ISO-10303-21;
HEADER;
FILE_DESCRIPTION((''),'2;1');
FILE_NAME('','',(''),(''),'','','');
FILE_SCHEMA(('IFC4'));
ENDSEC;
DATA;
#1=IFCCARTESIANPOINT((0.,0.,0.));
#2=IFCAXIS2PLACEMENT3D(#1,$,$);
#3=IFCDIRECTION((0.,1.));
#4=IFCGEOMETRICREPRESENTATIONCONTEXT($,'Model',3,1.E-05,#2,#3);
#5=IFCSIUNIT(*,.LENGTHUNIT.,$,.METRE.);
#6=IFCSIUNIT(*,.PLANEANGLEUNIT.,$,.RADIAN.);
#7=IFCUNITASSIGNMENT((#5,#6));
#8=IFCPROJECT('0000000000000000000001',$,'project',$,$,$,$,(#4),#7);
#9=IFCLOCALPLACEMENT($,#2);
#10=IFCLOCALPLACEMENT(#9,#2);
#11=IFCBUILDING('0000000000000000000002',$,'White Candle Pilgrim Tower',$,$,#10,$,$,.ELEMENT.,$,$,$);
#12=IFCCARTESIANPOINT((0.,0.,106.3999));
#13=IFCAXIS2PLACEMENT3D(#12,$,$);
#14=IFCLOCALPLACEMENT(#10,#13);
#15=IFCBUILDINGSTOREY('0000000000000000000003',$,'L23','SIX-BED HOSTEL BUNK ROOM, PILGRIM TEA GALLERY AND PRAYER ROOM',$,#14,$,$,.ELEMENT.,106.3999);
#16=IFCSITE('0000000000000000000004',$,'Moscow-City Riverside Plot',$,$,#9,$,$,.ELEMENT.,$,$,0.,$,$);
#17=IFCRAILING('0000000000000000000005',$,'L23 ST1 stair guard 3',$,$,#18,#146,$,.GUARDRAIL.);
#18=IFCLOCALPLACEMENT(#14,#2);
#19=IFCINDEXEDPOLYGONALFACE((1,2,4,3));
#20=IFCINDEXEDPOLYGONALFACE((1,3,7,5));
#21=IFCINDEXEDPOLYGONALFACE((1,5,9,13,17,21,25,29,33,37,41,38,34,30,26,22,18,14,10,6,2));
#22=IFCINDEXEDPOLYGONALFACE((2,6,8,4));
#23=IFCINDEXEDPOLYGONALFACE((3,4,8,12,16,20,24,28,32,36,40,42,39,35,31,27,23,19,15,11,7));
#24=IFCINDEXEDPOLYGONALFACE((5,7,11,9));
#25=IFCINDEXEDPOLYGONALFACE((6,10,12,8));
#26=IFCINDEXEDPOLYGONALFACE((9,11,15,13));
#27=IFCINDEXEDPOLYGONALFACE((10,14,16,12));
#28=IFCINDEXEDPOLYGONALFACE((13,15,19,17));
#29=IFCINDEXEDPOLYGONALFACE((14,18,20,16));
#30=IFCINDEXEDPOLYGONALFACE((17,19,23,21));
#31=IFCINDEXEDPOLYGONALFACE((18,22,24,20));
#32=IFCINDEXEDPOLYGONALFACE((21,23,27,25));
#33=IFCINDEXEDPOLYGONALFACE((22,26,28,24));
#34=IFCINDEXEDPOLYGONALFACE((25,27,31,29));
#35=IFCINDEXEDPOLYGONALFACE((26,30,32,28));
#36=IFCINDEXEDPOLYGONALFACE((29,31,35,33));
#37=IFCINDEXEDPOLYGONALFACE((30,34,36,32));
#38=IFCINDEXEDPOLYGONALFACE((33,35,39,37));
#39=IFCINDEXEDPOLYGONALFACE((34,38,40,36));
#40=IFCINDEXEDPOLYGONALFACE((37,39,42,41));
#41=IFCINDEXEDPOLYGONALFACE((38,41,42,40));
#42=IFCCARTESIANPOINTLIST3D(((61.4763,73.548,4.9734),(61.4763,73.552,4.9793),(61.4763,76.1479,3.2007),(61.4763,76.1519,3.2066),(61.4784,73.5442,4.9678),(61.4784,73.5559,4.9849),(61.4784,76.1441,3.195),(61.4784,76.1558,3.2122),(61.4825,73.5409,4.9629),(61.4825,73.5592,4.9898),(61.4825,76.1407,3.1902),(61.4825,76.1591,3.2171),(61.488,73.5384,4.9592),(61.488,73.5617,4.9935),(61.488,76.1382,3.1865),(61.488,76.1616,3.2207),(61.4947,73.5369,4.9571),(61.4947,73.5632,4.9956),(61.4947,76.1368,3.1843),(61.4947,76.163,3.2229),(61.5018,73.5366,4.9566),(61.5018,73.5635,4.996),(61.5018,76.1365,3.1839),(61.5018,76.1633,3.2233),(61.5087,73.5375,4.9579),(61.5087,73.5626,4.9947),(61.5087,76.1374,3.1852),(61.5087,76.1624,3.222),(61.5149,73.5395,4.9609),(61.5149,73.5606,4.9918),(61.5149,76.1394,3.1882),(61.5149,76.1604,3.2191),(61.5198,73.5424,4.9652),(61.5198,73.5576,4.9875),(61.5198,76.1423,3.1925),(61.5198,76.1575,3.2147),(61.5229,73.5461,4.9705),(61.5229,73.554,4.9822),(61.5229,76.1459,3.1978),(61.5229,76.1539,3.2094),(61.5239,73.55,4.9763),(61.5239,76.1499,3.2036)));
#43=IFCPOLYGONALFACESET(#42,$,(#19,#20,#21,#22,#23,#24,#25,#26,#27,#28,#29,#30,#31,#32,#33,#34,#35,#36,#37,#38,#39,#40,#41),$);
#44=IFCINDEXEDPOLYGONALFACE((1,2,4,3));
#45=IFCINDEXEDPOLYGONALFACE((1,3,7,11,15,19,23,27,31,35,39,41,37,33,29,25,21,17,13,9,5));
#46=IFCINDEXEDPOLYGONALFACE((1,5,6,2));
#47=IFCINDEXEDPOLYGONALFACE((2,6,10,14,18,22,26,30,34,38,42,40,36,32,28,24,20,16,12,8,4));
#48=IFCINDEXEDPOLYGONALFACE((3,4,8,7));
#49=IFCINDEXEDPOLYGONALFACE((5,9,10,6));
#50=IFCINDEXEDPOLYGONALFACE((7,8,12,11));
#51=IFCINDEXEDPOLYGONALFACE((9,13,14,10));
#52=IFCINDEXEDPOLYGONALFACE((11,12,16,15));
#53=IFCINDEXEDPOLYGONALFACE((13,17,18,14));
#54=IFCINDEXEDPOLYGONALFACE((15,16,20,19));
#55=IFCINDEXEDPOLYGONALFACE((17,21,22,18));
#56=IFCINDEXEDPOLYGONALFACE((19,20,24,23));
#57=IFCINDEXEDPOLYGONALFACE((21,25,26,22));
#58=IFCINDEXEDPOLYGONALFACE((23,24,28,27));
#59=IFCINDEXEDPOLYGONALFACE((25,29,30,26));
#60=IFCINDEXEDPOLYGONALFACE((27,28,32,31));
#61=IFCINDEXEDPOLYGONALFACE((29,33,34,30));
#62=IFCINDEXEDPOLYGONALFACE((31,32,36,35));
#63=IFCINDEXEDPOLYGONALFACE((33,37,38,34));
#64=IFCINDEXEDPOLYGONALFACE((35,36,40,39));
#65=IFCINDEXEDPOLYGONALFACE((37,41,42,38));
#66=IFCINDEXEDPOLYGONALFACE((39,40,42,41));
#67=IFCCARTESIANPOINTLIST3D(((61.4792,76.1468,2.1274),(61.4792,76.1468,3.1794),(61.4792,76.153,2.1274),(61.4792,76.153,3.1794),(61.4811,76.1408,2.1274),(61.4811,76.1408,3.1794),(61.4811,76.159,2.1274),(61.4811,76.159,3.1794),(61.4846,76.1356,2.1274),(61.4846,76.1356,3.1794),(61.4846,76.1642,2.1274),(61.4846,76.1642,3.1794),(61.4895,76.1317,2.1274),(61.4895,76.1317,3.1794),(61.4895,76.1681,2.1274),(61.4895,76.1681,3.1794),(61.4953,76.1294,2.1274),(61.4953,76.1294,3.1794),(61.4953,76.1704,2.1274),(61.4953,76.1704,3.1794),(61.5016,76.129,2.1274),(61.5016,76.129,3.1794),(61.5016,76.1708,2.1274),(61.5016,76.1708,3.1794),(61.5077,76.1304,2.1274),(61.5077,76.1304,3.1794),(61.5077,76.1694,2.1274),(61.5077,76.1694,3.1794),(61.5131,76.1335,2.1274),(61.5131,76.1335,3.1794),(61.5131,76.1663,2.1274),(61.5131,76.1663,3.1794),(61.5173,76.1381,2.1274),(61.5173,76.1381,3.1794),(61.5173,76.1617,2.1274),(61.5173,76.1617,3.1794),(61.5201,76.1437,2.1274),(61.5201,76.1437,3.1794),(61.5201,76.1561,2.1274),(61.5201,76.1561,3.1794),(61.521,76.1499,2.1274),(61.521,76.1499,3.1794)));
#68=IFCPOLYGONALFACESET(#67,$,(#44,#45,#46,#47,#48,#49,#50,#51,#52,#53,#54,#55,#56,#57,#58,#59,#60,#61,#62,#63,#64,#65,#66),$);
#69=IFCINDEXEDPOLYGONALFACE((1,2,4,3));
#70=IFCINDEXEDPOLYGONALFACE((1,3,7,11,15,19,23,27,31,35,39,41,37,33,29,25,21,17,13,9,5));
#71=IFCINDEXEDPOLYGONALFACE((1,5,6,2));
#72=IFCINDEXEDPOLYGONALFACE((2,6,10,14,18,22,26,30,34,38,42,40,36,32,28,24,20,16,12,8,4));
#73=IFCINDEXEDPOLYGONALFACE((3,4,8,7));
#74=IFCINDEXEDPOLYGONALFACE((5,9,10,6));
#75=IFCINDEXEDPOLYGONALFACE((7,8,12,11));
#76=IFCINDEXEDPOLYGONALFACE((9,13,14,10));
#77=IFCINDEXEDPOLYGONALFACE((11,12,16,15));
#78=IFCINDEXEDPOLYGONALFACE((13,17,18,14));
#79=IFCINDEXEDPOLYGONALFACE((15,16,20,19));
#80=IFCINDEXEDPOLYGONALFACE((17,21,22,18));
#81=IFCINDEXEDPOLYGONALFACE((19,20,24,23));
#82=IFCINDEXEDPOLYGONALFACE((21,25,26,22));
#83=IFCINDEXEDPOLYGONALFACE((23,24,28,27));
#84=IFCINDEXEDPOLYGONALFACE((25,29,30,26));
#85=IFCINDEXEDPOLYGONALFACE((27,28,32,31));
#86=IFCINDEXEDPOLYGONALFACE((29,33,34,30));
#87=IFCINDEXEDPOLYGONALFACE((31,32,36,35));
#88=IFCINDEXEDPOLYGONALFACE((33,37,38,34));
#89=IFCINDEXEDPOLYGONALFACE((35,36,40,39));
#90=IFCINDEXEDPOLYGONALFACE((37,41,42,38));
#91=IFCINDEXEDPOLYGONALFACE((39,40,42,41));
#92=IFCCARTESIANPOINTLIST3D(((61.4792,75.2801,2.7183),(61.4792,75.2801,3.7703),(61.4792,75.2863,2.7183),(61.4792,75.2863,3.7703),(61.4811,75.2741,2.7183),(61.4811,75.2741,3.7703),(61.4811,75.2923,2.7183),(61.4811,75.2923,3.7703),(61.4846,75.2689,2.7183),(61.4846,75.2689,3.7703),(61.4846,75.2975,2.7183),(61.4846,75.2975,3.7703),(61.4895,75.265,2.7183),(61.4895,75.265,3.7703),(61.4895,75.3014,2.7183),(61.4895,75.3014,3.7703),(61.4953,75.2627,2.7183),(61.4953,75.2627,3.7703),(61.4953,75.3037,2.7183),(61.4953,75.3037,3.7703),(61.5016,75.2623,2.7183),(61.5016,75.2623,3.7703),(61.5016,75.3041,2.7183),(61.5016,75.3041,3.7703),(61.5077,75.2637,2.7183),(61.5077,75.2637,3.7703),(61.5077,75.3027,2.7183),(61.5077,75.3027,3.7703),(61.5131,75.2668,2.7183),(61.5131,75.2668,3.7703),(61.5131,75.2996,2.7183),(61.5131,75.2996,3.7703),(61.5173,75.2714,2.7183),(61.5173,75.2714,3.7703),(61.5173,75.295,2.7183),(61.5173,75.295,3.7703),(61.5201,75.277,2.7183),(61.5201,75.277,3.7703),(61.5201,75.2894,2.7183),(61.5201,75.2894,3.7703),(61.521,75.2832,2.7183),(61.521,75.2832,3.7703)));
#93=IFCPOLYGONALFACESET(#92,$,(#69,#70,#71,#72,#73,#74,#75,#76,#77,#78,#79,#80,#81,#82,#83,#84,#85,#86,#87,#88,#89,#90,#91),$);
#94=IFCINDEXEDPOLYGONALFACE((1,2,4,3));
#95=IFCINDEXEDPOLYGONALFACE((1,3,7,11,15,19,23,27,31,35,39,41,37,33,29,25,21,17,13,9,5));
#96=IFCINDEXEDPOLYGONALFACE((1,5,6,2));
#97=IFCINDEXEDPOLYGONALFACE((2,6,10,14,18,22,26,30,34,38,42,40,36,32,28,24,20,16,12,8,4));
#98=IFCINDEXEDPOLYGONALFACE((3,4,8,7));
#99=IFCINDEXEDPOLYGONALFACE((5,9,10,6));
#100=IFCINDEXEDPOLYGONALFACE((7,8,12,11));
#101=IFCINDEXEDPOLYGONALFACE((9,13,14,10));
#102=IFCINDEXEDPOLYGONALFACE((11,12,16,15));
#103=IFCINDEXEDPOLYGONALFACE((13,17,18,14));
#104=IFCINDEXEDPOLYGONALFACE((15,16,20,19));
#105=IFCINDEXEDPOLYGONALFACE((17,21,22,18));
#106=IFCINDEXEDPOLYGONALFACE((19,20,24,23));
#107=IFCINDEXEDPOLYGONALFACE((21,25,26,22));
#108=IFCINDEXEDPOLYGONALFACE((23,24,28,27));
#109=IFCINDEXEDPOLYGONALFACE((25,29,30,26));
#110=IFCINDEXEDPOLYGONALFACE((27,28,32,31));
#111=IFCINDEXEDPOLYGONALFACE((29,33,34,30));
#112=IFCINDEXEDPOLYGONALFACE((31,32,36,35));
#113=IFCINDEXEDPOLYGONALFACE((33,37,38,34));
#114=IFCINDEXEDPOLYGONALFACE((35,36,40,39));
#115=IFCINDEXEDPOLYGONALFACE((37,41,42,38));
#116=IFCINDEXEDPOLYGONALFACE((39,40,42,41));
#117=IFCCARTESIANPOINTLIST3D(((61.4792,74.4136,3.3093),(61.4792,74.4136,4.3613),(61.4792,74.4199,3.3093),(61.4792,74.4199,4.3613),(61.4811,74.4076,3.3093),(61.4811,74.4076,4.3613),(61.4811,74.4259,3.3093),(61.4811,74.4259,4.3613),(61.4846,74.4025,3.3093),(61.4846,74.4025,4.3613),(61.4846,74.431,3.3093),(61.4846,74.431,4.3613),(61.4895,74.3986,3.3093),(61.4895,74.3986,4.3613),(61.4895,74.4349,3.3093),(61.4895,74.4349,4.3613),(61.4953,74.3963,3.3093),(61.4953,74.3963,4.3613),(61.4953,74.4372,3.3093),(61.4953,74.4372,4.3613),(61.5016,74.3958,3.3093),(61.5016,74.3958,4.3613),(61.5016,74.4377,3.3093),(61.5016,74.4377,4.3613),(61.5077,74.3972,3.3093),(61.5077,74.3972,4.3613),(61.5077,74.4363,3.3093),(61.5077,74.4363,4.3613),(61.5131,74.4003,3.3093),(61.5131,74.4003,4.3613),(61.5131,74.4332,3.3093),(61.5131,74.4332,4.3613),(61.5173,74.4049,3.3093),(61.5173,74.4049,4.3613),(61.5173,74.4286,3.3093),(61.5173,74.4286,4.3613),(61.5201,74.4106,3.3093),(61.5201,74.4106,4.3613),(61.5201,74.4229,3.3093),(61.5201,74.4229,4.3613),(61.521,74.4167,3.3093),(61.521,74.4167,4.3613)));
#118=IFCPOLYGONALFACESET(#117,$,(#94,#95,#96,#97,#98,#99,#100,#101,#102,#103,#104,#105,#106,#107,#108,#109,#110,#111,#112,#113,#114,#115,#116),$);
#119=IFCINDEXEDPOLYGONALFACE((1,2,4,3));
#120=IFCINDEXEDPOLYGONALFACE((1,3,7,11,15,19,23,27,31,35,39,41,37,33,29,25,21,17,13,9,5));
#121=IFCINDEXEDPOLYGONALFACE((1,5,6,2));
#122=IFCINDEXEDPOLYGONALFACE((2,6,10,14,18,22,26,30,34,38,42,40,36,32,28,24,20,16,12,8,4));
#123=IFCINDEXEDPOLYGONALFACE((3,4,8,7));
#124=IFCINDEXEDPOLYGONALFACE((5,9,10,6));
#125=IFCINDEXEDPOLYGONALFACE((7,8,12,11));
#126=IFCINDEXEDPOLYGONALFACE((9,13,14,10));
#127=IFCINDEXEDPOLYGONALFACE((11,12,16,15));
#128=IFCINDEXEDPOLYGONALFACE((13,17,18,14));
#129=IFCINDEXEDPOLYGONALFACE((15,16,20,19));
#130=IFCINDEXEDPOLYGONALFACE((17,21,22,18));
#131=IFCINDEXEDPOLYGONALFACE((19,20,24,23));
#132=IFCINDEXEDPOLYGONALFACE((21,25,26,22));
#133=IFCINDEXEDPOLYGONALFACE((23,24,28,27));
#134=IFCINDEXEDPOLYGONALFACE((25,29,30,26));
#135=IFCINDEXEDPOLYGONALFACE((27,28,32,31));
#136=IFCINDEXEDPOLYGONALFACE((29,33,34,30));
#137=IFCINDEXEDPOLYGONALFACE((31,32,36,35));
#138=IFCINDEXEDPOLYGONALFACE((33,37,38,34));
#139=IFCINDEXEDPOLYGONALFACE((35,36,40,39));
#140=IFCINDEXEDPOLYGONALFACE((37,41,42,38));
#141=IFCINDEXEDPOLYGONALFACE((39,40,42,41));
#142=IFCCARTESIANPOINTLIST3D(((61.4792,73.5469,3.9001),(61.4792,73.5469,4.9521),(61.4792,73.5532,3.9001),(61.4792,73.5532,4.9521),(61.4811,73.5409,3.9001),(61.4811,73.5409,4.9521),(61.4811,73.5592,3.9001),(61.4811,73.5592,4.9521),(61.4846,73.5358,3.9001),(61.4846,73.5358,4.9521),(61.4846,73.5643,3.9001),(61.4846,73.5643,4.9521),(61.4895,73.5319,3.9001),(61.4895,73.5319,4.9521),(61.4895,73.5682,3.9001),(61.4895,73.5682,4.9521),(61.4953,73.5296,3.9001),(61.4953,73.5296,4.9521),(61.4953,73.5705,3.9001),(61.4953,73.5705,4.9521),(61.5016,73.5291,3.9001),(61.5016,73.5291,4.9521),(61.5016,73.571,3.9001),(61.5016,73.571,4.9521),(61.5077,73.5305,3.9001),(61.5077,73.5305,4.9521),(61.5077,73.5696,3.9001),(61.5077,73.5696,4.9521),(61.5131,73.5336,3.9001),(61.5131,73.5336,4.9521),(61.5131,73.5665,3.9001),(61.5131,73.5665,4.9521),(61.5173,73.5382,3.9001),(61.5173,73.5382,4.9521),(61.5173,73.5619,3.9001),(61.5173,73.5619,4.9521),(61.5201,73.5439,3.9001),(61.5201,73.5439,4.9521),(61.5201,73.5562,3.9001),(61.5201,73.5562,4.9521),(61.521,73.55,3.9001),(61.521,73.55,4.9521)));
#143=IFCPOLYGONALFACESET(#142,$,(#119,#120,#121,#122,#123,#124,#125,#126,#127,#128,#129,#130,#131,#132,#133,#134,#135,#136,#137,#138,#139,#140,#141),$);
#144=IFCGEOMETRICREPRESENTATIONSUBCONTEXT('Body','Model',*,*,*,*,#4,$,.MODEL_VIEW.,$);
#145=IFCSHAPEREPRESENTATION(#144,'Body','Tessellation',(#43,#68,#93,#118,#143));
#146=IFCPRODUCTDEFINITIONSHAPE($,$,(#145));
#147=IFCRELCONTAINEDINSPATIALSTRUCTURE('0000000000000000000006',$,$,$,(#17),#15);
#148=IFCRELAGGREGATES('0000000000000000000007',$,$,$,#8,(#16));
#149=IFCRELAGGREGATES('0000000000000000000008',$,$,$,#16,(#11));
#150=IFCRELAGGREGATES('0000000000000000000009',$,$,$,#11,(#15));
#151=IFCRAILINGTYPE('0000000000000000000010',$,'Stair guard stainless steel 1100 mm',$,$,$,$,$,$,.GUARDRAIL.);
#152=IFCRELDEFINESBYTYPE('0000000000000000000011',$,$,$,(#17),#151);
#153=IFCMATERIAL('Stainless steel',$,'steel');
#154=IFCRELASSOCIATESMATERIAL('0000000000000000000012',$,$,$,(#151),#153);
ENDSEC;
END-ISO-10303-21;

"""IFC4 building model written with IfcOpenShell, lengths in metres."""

from ifc_helpers import new_model, si_unit, direction, frame, origin, origin_2d, place, context, subcontext, project, spatial, circle, extrude, material, type_object, element, save


model = new_model("IFC4")

# Units and contexts
model_context = context("Model", 3, precision=1e-05, world=origin(), true_north=direction((0.0, 1.0)))
body_context = subcontext(model_context, "Body", "Model", "MODEL_VIEW")
ifc_project = project(units=[si_unit("LENGTHUNIT", "METRE"), si_unit("PLANEANGLEUNIT", "RADIAN")], contexts=[model_context])

# Site, building, storey
site_placement = place(None, origin())
site = spatial("IfcSite", under=ifc_project, at=site_placement, Name="Moscow-City Riverside Plot", CompositionType="ELEMENT", RefElevation=0.0)
building_placement = place(site_placement, origin())
building = spatial("IfcBuilding", under=site, at=building_placement, Name="White Candle Pilgrim Tower", CompositionType="ELEMENT")
storey_placement = place(building_placement, frame((0.0, 0.0, 106.3999)))
storey = spatial("IfcBuildingStorey", under=building, at=storey_placement, Name="L23", Description="SIX-BED HOSTEL BUNK ROOM, PILGRIM TEA GALLERY AND PRAYER ROOM", CompositionType="ELEMENT", Elevation=106.3999)

# Railing
ifc_material_1 = material(Name="Stainless steel", Category="steel")
railing_type_1 = type_object("IfcRailingType", Name="Stair guard stainless steel 1100 mm", PredefinedType="GUARDRAIL", material=ifc_material_1)
railing_1_placement = place(storey_placement, frame((61.5, 76.1499, 2.1274)))
element("IfcRailing", 1, at=railing_1_placement, inside=storey, type_object=railing_type_1, Name="L23 ST1 stair guard 3", PredefinedType="GUARDRAIL", context=body_context, shape_type="SweptSolid", body=[
    extrude(circle(Radius=0.0239, at=origin_2d()), frame((0.0, 0.0, 1.0762), z_axis=(0.0, -0.826216, 0.563354), x_axis=(1.0, 0.0, 0.0)), (0.0, 0.0, 1.0), 3.1467),
    extrude(circle(Radius=0.021, at=origin_2d()), origin(), (0.0, 0.0, 1.0), 1.052),
    extrude(circle(Radius=0.021, at=origin_2d()), frame((0.0, -0.8667, 0.5908)), (0.0, 0.0, 1.0), 1.052),
    extrude(circle(Radius=0.021, at=origin_2d()), frame((0.0, -1.7332, 1.1819)), (0.0, 0.0, 1.0), 1.052),
    extrude(circle(Radius=0.021, at=origin_2d()), frame((0.0, -2.5999, 1.7727)), (0.0, 0.0, 1.0), 1.052),
])

save(model, "model.ifc")
